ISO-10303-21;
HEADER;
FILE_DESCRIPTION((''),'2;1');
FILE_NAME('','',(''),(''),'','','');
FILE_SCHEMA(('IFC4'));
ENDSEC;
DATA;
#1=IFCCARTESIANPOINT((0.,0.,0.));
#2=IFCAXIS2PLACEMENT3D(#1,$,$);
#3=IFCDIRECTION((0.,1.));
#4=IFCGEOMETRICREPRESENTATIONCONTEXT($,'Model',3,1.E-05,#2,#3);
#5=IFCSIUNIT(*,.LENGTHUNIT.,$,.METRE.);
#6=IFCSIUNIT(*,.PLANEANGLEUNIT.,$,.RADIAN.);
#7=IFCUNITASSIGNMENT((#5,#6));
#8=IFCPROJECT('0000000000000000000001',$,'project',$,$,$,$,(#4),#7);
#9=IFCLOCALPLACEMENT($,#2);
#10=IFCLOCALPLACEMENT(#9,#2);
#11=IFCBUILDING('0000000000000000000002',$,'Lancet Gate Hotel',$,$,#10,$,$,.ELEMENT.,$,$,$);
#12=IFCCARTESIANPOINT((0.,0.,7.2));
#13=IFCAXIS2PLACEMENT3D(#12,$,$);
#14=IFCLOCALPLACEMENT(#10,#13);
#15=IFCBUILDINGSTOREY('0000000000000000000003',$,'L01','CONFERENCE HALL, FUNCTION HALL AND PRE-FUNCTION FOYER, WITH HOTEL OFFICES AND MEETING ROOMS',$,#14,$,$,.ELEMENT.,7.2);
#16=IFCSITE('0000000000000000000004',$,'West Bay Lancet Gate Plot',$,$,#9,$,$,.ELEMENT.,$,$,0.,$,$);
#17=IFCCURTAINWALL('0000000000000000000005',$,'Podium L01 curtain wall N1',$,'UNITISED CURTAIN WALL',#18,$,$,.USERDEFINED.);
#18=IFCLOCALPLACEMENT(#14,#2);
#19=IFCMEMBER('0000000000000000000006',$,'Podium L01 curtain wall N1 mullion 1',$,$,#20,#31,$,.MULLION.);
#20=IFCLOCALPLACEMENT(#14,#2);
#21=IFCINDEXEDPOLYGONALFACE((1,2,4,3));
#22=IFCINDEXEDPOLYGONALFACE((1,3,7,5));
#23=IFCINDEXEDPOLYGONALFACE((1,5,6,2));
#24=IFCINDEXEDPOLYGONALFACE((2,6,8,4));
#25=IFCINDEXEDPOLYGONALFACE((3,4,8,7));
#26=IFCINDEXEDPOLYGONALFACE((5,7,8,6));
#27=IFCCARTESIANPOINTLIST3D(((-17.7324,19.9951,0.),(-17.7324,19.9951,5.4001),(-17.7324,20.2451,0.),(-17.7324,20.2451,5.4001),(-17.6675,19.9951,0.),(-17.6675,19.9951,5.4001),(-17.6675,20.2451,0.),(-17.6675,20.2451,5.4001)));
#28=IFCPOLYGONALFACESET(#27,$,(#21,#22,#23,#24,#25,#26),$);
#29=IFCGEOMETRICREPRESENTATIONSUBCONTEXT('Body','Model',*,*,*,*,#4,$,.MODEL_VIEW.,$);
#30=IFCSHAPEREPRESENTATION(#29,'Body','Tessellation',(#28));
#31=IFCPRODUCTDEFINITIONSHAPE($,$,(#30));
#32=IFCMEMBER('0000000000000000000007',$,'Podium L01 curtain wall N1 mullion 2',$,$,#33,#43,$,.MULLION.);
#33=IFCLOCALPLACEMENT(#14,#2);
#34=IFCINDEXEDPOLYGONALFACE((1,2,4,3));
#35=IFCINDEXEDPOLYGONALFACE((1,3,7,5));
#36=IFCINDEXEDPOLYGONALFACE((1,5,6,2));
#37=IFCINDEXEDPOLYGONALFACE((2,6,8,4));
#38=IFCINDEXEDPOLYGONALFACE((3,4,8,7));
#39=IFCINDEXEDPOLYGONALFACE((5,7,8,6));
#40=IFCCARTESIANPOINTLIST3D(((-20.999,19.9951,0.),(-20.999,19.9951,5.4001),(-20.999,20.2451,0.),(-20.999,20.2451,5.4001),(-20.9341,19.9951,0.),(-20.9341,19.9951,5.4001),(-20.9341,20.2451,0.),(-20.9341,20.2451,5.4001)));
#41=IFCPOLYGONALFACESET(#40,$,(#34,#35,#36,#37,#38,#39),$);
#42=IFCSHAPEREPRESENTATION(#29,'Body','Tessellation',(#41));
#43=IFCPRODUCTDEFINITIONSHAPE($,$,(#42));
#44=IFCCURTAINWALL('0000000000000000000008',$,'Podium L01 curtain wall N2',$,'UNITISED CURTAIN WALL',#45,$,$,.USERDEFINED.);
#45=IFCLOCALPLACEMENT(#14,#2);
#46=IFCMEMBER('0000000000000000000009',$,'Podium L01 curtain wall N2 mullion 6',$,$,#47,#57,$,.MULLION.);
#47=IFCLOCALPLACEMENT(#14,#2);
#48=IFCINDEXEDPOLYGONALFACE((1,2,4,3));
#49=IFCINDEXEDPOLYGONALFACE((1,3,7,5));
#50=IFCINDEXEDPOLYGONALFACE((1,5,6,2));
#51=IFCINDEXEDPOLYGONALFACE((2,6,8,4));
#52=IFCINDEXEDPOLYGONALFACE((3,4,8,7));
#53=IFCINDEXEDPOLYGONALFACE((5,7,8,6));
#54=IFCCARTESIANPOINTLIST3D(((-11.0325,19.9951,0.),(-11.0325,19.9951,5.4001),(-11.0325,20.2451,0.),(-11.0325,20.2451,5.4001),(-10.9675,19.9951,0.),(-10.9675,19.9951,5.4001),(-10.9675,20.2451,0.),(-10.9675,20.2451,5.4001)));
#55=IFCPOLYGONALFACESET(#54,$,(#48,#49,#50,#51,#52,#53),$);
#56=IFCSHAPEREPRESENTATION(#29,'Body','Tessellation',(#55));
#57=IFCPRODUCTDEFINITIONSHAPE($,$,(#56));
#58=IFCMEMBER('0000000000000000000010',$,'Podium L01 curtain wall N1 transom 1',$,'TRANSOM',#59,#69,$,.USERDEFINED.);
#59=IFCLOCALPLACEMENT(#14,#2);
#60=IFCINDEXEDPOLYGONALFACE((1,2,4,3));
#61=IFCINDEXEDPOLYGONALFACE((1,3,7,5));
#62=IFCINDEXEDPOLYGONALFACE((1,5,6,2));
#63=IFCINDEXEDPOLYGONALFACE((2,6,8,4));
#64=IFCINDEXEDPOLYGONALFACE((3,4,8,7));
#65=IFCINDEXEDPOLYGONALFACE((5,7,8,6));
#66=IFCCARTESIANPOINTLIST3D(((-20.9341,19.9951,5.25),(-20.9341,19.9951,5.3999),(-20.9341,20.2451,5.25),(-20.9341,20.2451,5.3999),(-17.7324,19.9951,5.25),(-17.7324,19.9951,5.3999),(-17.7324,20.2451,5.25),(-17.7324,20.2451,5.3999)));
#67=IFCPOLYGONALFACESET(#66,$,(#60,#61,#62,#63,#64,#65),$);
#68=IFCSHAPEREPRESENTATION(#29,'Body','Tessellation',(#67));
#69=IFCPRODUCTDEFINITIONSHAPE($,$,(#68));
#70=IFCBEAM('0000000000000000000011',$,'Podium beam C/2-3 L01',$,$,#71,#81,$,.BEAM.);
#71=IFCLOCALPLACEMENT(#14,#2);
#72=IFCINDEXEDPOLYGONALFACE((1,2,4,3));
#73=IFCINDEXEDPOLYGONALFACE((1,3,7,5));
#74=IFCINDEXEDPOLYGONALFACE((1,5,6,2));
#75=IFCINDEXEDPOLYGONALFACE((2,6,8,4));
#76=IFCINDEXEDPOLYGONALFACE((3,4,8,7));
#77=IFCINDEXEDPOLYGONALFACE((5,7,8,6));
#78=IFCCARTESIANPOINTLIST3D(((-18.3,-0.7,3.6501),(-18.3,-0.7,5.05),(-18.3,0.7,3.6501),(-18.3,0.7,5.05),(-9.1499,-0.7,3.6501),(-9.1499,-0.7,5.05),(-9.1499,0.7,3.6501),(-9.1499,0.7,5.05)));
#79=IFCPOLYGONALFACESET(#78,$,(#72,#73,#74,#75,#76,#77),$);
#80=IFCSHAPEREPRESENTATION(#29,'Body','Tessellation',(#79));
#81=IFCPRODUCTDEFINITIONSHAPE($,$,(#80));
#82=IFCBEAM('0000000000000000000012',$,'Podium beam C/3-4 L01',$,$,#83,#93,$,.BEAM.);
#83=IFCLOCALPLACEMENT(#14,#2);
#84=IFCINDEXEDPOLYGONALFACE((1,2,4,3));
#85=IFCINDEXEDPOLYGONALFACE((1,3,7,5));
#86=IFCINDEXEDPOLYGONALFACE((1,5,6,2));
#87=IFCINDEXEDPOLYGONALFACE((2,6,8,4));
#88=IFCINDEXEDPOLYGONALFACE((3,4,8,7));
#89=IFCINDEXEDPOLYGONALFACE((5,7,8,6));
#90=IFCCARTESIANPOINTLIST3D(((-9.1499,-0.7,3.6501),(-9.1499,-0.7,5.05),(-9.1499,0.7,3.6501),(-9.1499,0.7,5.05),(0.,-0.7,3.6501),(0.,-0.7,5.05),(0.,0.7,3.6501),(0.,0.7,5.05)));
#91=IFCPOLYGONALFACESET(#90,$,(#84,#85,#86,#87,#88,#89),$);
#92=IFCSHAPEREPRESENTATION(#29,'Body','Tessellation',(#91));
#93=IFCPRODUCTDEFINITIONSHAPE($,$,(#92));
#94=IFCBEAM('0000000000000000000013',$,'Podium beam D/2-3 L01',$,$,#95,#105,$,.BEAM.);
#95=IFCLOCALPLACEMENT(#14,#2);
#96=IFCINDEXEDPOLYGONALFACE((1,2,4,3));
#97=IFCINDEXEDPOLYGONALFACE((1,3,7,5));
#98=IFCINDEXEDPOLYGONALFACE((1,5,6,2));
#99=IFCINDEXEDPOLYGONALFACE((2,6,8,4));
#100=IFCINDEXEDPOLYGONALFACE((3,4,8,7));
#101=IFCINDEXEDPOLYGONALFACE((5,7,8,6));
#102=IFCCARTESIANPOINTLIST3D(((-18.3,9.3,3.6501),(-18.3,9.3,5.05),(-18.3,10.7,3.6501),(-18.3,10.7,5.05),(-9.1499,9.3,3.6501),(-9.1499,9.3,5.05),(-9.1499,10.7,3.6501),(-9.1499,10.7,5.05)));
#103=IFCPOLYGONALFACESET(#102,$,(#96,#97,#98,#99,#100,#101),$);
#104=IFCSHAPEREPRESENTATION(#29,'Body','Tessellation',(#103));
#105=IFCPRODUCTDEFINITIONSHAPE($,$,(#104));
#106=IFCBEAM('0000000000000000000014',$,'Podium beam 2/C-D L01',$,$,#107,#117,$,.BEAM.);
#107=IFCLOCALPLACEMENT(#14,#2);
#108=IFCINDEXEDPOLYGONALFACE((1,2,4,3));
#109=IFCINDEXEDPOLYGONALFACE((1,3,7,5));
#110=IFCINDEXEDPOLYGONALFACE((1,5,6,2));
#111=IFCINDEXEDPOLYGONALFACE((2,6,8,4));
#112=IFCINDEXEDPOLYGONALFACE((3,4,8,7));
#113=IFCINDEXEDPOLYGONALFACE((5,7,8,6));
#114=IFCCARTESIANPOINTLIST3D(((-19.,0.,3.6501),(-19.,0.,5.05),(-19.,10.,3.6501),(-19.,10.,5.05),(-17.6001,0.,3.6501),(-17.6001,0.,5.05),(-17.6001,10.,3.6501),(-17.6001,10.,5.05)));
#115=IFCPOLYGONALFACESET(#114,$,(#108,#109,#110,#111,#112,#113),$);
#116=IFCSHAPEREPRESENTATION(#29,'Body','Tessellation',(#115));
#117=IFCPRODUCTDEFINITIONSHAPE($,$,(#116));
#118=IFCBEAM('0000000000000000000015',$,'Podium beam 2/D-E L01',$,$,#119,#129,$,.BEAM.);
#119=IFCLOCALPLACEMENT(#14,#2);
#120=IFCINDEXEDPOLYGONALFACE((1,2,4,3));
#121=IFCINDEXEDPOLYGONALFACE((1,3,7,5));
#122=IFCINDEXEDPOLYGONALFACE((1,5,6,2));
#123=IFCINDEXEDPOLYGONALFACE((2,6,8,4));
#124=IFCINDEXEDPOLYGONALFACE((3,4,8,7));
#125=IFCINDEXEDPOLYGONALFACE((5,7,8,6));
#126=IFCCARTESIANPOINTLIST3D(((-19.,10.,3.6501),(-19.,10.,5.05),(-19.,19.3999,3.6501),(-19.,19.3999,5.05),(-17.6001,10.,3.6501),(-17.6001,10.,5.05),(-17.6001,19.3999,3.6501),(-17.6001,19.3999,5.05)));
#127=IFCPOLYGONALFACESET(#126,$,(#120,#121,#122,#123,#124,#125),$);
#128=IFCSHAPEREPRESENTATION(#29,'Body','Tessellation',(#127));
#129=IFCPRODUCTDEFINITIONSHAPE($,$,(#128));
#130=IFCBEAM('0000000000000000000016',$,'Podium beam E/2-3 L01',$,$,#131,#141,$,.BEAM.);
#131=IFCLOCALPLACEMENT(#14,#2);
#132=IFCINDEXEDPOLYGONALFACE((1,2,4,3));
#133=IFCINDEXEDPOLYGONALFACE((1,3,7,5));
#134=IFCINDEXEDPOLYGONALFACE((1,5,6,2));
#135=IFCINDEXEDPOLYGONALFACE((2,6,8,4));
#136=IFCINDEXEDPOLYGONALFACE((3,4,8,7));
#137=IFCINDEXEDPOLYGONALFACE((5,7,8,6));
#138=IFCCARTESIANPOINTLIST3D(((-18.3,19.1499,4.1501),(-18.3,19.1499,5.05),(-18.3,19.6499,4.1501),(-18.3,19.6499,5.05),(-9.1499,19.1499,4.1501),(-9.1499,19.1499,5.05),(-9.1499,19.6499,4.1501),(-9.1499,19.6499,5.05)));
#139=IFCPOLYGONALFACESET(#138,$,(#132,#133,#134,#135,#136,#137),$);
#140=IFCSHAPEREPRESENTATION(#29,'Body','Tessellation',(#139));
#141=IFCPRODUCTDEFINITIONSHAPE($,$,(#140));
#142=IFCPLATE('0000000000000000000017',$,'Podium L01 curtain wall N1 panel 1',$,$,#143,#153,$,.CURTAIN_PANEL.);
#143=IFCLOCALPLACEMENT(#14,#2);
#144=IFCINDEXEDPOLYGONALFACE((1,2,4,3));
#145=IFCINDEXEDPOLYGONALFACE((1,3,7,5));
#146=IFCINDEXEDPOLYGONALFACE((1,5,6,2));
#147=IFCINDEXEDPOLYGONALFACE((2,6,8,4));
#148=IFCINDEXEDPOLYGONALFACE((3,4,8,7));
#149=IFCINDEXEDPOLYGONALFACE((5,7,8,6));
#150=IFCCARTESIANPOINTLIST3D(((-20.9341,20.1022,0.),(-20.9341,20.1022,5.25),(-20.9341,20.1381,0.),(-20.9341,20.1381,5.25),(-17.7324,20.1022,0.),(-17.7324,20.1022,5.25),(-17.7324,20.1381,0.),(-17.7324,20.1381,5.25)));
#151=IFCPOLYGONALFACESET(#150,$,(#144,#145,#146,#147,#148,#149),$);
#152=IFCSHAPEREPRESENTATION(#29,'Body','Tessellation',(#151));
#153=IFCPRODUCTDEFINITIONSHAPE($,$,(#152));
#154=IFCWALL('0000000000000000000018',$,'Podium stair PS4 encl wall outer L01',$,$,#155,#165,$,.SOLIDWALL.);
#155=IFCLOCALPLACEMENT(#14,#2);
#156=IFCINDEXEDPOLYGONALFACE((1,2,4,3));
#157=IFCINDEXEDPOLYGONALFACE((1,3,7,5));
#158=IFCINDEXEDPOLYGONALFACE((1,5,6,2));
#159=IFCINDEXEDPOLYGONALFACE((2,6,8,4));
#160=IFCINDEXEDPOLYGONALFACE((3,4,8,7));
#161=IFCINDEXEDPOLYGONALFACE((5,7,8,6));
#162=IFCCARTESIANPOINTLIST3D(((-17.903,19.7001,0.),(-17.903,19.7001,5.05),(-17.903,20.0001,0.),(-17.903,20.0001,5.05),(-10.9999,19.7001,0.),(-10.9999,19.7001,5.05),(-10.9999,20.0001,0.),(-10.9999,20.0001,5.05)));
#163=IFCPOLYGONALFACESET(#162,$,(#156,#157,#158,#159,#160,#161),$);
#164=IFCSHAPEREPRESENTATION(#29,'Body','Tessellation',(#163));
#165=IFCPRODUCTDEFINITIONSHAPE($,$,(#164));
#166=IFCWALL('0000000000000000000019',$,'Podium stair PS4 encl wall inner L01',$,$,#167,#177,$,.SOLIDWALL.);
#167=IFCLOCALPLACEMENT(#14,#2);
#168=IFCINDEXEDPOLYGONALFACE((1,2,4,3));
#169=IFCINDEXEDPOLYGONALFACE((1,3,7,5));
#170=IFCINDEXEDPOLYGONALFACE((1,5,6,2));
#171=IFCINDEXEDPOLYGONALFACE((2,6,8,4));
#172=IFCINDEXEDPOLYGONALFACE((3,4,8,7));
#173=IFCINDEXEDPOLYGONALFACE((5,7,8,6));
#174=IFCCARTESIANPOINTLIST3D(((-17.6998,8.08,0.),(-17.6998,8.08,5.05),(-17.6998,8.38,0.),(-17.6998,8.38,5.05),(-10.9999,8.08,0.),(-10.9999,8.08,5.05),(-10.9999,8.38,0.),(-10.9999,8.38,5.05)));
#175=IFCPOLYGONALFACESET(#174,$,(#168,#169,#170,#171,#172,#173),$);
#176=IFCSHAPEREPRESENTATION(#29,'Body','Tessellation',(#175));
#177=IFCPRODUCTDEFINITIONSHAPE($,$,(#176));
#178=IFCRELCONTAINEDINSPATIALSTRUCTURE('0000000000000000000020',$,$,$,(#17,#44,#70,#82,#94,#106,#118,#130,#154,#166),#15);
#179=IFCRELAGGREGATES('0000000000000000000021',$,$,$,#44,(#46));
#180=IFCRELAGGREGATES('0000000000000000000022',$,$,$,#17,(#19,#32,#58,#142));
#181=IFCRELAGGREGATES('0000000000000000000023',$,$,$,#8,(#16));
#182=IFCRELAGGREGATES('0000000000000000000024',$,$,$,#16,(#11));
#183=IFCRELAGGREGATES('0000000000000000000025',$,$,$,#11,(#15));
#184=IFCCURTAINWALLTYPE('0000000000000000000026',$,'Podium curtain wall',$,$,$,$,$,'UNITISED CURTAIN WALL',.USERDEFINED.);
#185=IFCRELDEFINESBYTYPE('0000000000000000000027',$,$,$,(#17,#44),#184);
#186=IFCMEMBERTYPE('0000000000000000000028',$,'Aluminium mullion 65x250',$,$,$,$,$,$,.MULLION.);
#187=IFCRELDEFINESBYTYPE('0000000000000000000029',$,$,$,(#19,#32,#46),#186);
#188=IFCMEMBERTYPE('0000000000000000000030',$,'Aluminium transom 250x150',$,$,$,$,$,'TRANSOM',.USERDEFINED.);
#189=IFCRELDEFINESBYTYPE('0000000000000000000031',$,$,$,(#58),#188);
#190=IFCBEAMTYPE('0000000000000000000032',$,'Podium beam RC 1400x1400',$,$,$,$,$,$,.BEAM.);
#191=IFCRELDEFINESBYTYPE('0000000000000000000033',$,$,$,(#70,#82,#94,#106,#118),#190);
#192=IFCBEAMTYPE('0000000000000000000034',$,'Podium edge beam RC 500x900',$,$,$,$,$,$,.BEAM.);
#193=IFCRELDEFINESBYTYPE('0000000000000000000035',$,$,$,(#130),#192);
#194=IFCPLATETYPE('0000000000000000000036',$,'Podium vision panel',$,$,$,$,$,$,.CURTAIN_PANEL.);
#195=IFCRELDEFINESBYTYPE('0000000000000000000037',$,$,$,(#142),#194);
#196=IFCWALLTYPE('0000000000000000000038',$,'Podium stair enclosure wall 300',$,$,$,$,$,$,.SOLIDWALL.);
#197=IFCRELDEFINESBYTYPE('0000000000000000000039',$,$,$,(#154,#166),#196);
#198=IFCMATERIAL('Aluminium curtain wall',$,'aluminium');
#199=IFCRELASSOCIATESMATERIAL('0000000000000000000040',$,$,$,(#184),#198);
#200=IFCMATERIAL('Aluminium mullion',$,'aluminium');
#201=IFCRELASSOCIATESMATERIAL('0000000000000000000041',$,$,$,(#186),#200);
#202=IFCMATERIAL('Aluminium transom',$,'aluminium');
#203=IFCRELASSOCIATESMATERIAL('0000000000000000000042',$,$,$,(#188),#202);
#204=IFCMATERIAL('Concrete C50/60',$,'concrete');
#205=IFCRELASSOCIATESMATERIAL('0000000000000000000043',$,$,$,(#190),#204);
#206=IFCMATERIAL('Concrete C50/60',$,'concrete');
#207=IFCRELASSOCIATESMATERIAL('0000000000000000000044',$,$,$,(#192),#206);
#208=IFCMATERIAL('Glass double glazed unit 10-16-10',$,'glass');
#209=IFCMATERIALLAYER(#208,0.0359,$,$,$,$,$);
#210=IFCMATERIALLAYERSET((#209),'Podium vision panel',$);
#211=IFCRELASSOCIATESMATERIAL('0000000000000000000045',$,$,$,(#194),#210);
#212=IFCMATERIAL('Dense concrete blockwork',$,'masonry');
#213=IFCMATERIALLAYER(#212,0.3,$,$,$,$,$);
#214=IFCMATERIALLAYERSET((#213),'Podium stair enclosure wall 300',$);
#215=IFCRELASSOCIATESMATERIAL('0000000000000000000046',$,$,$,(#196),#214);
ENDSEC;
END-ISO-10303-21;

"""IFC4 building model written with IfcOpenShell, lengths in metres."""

from ifc_helpers import new_model, si_unit, direction, frame, frame_2d, origin, origin_2d, place, context, subcontext, project, spatial, rectangle, extrude, material, layer, layer_set, material_profile, profile_set, type_object, element, aggregate, save


model = new_model("IFC4")

# Units and contexts
model_context = context("Model", 3, precision=1e-05, world=origin(), true_north=direction((0.0, 1.0)))
body_context = subcontext(model_context, "Body", "Model", "MODEL_VIEW")
ifc_project = project(units=[si_unit("LENGTHUNIT", "METRE"), si_unit("PLANEANGLEUNIT", "RADIAN")], contexts=[model_context])

# Site, building, storey
site_placement = place(None, origin())
site = spatial("IfcSite", under=ifc_project, at=site_placement, Name="West Bay Lancet Gate Plot", CompositionType="ELEMENT", RefElevation=0.0)
building_placement = place(site_placement, origin())
building = spatial("IfcBuilding", under=site, at=building_placement, Name="Lancet Gate Hotel", CompositionType="ELEMENT")
storey_placement = place(building_placement, frame((0.0, 0.0, 7.2)))
storey = spatial("IfcBuildingStorey", under=building, at=storey_placement, Name="L01", Description="CONFERENCE HALL, FUNCTION HALL AND PRE-FUNCTION FOYER, WITH HOTEL OFFICES AND MEETING ROOMS", CompositionType="ELEMENT", Elevation=7.2)

# Curtain wall, members
ifc_material_1 = material(Name="Aluminium curtain wall", Category="aluminium")
curtain_wall_type = type_object("IfcCurtainWallType", Name="Podium curtain wall", ElementType="UNITISED CURTAIN WALL", PredefinedType="USERDEFINED", material=ifc_material_1)
curtain_wall_1_placement = place(storey_placement, origin())
curtain_wall_1 = element("IfcCurtainWall", 1, at=curtain_wall_1_placement, inside=storey, type_object=curtain_wall_type, Name="Podium L01 curtain wall N1", ObjectType="UNITISED CURTAIN WALL", PredefinedType="USERDEFINED")
ifc_material_2 = material(Name="Aluminium mullion", Category="aluminium")
ifc_material_profile_1 = material_profile(ifc_material_2, rectangle(XDim=0.0649, YDim=0.25, at=origin_2d()), Name="MULLION 65x250")
ifc_profile_set_1 = profile_set([ifc_material_profile_1], Name="Aluminium mullion")
member_type_1 = type_object("IfcMemberType", Name="Aluminium mullion 65x250", PredefinedType="MULLION", material=ifc_profile_set_1)
member_1_placement = place(storey_placement, frame((-17.7, 20.1201, 0.0), z_axis=(0.0, 0.0, 1.0), x_axis=(-1.0, 0.0, 0.0)))
member_1 = element("IfcMember", 2, at=member_1_placement, type_object=member_type_1, Name="Podium L01 curtain wall N1 mullion 1", PredefinedType="MULLION", context=body_context, shape_type="SweptSolid", body=[
    extrude(rectangle(XDim=0.0649, YDim=0.25, at=origin_2d()), origin(), (0.0, 0.0, 1.0), 5.4001),
])
member_2_placement = place(storey_placement, frame((-20.9666, 20.1201, 0.0), z_axis=(0.0, 0.0, 1.0), x_axis=(-1.0, 0.0, 0.0)))
member_2 = element("IfcMember", 3, at=member_2_placement, type_object=member_type_1, Name="Podium L01 curtain wall N1 mullion 2", PredefinedType="MULLION", context=body_context, shape_type="SweptSolid", body=[
    extrude(rectangle(XDim=0.0649, YDim=0.25, at=origin_2d()), origin(), (0.0, 0.0, 1.0), 5.4001),
])

# Curtain wall, member
curtain_wall_2_placement = place(storey_placement, origin())
curtain_wall_2 = element("IfcCurtainWall", 4, at=curtain_wall_2_placement, inside=storey, type_object=curtain_wall_type, Name="Podium L01 curtain wall N2", ObjectType="UNITISED CURTAIN WALL", PredefinedType="USERDEFINED")
member_3_placement = place(storey_placement, frame((-11.0, 20.1201, 0.0), z_axis=(0.0, 0.0, 1.0), x_axis=(-1.0, 0.0, 0.0)))
member_3 = element("IfcMember", 5, at=member_3_placement, type_object=member_type_1, Name="Podium L01 curtain wall N2 mullion 6", PredefinedType="MULLION", context=body_context, shape_type="SweptSolid", body=[
    extrude(rectangle(XDim=0.0649, YDim=0.25, at=origin_2d()), origin(), (0.0, 0.0, 1.0), 5.4001),
])
aggregate(curtain_wall_2, [member_3])

# Member
ifc_material_3 = material(Name="Aluminium transom", Category="aluminium")
ifc_material_profile_2 = material_profile(ifc_material_3, rectangle(XDim=0.25, YDim=0.1499, at=origin_2d()), Name="TRANSOM 250x150")
ifc_profile_set_2 = profile_set([ifc_material_profile_2], Name="Aluminium transom")
member_type_2 = type_object("IfcMemberType", Name="Aluminium transom 250x150", ElementType="TRANSOM", PredefinedType="USERDEFINED", material=ifc_profile_set_2)
member_4_placement = place(storey_placement, frame((-17.7324, 20.1201, 5.325), z_axis=(-1.0, 0.0, 0.0), x_axis=(0.0, -1.0, 0.0)))
member_4 = element("IfcMember", 6, at=member_4_placement, type_object=member_type_2, Name="Podium L01 curtain wall N1 transom 1", ObjectType="TRANSOM", PredefinedType="USERDEFINED", context=body_context, shape_type="SweptSolid", body=[
    extrude(rectangle(XDim=0.25, YDim=0.1499, at=origin_2d()), origin(), (0.0, 0.0, 1.0), 3.2017),
])

# Beams
ifc_material_4 = material(Name="Concrete C50/60", Category="concrete")
ifc_material_profile_3 = material_profile(ifc_material_4, rectangle(XDim=1.3999, YDim=1.3999, at=origin_2d()), Name="RC 1400x1400")
ifc_profile_set_3 = profile_set([ifc_material_profile_3], Name="Concrete C50/60")
beam_type_1 = type_object("IfcBeamType", Name="Podium beam RC 1400x1400", PredefinedType="BEAM", material=ifc_profile_set_3)
beam_1_placement = place(storey_placement, frame((-18.3, 0.0, 4.3501), z_axis=(1.0, 0.0, 0.0), x_axis=(0.0, 1.0, 0.0)))
element("IfcBeam", 7, at=beam_1_placement, inside=storey, type_object=beam_type_1, Name="Podium beam C/2-3 L01", PredefinedType="BEAM", context=body_context, shape_type="SweptSolid", body=[
    extrude(rectangle(XDim=1.3999, YDim=1.3999, at=origin_2d()), origin(), (0.0, 0.0, 1.0), 9.1501),
])
beam_2_placement = place(storey_placement, frame((-9.1499, 0.0, 4.3501), z_axis=(1.0, 0.0, 0.0), x_axis=(0.0, 1.0, 0.0)))
element("IfcBeam", 8, at=beam_2_placement, inside=storey, type_object=beam_type_1, Name="Podium beam C/3-4 L01", PredefinedType="BEAM", context=body_context, shape_type="SweptSolid", body=[
    extrude(rectangle(XDim=1.3999, YDim=1.3999, at=origin_2d()), origin(), (0.0, 0.0, 1.0), 9.1499),
])
beam_3_placement = place(storey_placement, frame((-18.3, 10.0, 4.3501), z_axis=(1.0, 0.0, 0.0), x_axis=(0.0, 1.0, 0.0)))
element("IfcBeam", 9, at=beam_3_placement, inside=storey, type_object=beam_type_1, Name="Podium beam D/2-3 L01", PredefinedType="BEAM", context=body_context, shape_type="SweptSolid", body=[
    extrude(rectangle(XDim=1.3999, YDim=1.3999, at=origin_2d()), origin(), (0.0, 0.0, 1.0), 9.1501),
])
beam_4_placement = place(storey_placement, frame((-18.3, 0.0, 4.3501), z_axis=(0.0, 1.0, 0.0), x_axis=(-1.0, 0.0, 0.0)))
element("IfcBeam", 10, at=beam_4_placement, inside=storey, type_object=beam_type_1, Name="Podium beam 2/C-D L01", PredefinedType="BEAM", context=body_context, shape_type="SweptSolid", body=[
    extrude(rectangle(XDim=1.3999, YDim=1.3999, at=origin_2d()), origin(), (0.0, 0.0, 1.0), 10.0),
])
beam_5_placement = place(storey_placement, frame((-18.3, 10.0, 4.3501), z_axis=(0.0, 1.0, 0.0), x_axis=(-1.0, 0.0, 0.0)))
element("IfcBeam", 11, at=beam_5_placement, inside=storey, type_object=beam_type_1, Name="Podium beam 2/D-E L01", PredefinedType="BEAM", context=body_context, shape_type="SweptSolid", body=[
    extrude(rectangle(XDim=1.3999, YDim=1.3999, at=origin_2d()), origin(), (0.0, 0.0, 1.0), 9.3999),
])
ifc_material_5 = material(Name="Concrete C50/60", Category="concrete")
ifc_material_profile_4 = material_profile(ifc_material_5, rectangle(XDim=0.5, YDim=0.8999, at=origin_2d()), Name="RC 500x900")
ifc_profile_set_4 = profile_set([ifc_material_profile_4], Name="Concrete C50/60")
beam_type_2 = type_object("IfcBeamType", Name="Podium edge beam RC 500x900", PredefinedType="BEAM", material=ifc_profile_set_4)
beam_6_placement = place(storey_placement, frame((-18.3, 19.3999, 4.6001), z_axis=(1.0, 0.0, 0.0), x_axis=(0.0, 1.0, 0.0)))
element("IfcBeam", 12, at=beam_6_placement, inside=storey, type_object=beam_type_2, Name="Podium beam E/2-3 L01", PredefinedType="BEAM", context=body_context, shape_type="SweptSolid", body=[
    extrude(rectangle(XDim=0.5, YDim=0.8999, at=origin_2d()), origin(), (0.0, 0.0, 1.0), 9.1501),
])

# Plate
ifc_material_6 = material(Name="Glass double glazed unit 10-16-10", Category="glass")
ifc_layer_1 = layer(ifc_material_6, 0.0359)
ifc_layer_set_1 = layer_set([ifc_layer_1], Name="Podium vision panel")
plate_type = type_object("IfcPlateType", Name="Podium vision panel", PredefinedType="CURTAIN_PANEL", material=ifc_layer_set_1)
plate_placement = place(storey_placement, frame((-19.3333, 20.1201, 0.0), z_axis=(0.0, 0.0, 1.0), x_axis=(-1.0, 0.0, 0.0)))
plate = element("IfcPlate", 13, at=plate_placement, type_object=plate_type, Name="Podium L01 curtain wall N1 panel 1", PredefinedType="CURTAIN_PANEL", context=body_context, shape_type="SweptSolid", body=[
    extrude(rectangle(XDim=3.2017, YDim=0.0359, at=origin_2d()), origin(), (0.0, 0.0, 1.0), 5.25),
])
aggregate(curtain_wall_1, [member_1, member_2, member_4, plate])

# Walls
ifc_material_7 = material(Name="Dense concrete blockwork", Category="masonry")
ifc_layer_2 = layer(ifc_material_7, 0.3)
ifc_layer_set_2 = layer_set([ifc_layer_2], Name="Podium stair enclosure wall 300")
wall_type = type_object("IfcWallType", Name="Podium stair enclosure wall 300", PredefinedType="SOLIDWALL", material=ifc_layer_set_2)
wall_1_placement = place(storey_placement, frame((-17.9031, 19.8501, 0.0), z_axis=(0.0, 0.0, 1.0), x_axis=(1.0, 0.0, 0.0)))
element("IfcWall", 14, at=wall_1_placement, inside=storey, type_object=wall_type, Name="Podium stair PS4 encl wall outer L01", PredefinedType="SOLIDWALL", context=body_context, shape_type="SweptSolid", body=[
    extrude(rectangle(XDim=6.9031, YDim=0.3, at=frame_2d((3.4517, 0.0))), origin(), (0.0, 0.0, 1.0), 5.05),
])
wall_2_placement = place(storey_placement, frame((-17.7, 8.23, 0.0), z_axis=(0.0, 0.0, 1.0), x_axis=(1.0, 0.0, 0.0)))
element("IfcWall", 15, at=wall_2_placement, inside=storey, type_object=wall_type, Name="Podium stair PS4 encl wall inner L01", PredefinedType="SOLIDWALL", context=body_context, shape_type="SweptSolid", body=[
    extrude(rectangle(XDim=6.7, YDim=0.3, at=frame_2d((3.3501, 0.0))), origin(), (0.0, 0.0, 1.0), 5.05),
])

save(model, "model.ifc")
